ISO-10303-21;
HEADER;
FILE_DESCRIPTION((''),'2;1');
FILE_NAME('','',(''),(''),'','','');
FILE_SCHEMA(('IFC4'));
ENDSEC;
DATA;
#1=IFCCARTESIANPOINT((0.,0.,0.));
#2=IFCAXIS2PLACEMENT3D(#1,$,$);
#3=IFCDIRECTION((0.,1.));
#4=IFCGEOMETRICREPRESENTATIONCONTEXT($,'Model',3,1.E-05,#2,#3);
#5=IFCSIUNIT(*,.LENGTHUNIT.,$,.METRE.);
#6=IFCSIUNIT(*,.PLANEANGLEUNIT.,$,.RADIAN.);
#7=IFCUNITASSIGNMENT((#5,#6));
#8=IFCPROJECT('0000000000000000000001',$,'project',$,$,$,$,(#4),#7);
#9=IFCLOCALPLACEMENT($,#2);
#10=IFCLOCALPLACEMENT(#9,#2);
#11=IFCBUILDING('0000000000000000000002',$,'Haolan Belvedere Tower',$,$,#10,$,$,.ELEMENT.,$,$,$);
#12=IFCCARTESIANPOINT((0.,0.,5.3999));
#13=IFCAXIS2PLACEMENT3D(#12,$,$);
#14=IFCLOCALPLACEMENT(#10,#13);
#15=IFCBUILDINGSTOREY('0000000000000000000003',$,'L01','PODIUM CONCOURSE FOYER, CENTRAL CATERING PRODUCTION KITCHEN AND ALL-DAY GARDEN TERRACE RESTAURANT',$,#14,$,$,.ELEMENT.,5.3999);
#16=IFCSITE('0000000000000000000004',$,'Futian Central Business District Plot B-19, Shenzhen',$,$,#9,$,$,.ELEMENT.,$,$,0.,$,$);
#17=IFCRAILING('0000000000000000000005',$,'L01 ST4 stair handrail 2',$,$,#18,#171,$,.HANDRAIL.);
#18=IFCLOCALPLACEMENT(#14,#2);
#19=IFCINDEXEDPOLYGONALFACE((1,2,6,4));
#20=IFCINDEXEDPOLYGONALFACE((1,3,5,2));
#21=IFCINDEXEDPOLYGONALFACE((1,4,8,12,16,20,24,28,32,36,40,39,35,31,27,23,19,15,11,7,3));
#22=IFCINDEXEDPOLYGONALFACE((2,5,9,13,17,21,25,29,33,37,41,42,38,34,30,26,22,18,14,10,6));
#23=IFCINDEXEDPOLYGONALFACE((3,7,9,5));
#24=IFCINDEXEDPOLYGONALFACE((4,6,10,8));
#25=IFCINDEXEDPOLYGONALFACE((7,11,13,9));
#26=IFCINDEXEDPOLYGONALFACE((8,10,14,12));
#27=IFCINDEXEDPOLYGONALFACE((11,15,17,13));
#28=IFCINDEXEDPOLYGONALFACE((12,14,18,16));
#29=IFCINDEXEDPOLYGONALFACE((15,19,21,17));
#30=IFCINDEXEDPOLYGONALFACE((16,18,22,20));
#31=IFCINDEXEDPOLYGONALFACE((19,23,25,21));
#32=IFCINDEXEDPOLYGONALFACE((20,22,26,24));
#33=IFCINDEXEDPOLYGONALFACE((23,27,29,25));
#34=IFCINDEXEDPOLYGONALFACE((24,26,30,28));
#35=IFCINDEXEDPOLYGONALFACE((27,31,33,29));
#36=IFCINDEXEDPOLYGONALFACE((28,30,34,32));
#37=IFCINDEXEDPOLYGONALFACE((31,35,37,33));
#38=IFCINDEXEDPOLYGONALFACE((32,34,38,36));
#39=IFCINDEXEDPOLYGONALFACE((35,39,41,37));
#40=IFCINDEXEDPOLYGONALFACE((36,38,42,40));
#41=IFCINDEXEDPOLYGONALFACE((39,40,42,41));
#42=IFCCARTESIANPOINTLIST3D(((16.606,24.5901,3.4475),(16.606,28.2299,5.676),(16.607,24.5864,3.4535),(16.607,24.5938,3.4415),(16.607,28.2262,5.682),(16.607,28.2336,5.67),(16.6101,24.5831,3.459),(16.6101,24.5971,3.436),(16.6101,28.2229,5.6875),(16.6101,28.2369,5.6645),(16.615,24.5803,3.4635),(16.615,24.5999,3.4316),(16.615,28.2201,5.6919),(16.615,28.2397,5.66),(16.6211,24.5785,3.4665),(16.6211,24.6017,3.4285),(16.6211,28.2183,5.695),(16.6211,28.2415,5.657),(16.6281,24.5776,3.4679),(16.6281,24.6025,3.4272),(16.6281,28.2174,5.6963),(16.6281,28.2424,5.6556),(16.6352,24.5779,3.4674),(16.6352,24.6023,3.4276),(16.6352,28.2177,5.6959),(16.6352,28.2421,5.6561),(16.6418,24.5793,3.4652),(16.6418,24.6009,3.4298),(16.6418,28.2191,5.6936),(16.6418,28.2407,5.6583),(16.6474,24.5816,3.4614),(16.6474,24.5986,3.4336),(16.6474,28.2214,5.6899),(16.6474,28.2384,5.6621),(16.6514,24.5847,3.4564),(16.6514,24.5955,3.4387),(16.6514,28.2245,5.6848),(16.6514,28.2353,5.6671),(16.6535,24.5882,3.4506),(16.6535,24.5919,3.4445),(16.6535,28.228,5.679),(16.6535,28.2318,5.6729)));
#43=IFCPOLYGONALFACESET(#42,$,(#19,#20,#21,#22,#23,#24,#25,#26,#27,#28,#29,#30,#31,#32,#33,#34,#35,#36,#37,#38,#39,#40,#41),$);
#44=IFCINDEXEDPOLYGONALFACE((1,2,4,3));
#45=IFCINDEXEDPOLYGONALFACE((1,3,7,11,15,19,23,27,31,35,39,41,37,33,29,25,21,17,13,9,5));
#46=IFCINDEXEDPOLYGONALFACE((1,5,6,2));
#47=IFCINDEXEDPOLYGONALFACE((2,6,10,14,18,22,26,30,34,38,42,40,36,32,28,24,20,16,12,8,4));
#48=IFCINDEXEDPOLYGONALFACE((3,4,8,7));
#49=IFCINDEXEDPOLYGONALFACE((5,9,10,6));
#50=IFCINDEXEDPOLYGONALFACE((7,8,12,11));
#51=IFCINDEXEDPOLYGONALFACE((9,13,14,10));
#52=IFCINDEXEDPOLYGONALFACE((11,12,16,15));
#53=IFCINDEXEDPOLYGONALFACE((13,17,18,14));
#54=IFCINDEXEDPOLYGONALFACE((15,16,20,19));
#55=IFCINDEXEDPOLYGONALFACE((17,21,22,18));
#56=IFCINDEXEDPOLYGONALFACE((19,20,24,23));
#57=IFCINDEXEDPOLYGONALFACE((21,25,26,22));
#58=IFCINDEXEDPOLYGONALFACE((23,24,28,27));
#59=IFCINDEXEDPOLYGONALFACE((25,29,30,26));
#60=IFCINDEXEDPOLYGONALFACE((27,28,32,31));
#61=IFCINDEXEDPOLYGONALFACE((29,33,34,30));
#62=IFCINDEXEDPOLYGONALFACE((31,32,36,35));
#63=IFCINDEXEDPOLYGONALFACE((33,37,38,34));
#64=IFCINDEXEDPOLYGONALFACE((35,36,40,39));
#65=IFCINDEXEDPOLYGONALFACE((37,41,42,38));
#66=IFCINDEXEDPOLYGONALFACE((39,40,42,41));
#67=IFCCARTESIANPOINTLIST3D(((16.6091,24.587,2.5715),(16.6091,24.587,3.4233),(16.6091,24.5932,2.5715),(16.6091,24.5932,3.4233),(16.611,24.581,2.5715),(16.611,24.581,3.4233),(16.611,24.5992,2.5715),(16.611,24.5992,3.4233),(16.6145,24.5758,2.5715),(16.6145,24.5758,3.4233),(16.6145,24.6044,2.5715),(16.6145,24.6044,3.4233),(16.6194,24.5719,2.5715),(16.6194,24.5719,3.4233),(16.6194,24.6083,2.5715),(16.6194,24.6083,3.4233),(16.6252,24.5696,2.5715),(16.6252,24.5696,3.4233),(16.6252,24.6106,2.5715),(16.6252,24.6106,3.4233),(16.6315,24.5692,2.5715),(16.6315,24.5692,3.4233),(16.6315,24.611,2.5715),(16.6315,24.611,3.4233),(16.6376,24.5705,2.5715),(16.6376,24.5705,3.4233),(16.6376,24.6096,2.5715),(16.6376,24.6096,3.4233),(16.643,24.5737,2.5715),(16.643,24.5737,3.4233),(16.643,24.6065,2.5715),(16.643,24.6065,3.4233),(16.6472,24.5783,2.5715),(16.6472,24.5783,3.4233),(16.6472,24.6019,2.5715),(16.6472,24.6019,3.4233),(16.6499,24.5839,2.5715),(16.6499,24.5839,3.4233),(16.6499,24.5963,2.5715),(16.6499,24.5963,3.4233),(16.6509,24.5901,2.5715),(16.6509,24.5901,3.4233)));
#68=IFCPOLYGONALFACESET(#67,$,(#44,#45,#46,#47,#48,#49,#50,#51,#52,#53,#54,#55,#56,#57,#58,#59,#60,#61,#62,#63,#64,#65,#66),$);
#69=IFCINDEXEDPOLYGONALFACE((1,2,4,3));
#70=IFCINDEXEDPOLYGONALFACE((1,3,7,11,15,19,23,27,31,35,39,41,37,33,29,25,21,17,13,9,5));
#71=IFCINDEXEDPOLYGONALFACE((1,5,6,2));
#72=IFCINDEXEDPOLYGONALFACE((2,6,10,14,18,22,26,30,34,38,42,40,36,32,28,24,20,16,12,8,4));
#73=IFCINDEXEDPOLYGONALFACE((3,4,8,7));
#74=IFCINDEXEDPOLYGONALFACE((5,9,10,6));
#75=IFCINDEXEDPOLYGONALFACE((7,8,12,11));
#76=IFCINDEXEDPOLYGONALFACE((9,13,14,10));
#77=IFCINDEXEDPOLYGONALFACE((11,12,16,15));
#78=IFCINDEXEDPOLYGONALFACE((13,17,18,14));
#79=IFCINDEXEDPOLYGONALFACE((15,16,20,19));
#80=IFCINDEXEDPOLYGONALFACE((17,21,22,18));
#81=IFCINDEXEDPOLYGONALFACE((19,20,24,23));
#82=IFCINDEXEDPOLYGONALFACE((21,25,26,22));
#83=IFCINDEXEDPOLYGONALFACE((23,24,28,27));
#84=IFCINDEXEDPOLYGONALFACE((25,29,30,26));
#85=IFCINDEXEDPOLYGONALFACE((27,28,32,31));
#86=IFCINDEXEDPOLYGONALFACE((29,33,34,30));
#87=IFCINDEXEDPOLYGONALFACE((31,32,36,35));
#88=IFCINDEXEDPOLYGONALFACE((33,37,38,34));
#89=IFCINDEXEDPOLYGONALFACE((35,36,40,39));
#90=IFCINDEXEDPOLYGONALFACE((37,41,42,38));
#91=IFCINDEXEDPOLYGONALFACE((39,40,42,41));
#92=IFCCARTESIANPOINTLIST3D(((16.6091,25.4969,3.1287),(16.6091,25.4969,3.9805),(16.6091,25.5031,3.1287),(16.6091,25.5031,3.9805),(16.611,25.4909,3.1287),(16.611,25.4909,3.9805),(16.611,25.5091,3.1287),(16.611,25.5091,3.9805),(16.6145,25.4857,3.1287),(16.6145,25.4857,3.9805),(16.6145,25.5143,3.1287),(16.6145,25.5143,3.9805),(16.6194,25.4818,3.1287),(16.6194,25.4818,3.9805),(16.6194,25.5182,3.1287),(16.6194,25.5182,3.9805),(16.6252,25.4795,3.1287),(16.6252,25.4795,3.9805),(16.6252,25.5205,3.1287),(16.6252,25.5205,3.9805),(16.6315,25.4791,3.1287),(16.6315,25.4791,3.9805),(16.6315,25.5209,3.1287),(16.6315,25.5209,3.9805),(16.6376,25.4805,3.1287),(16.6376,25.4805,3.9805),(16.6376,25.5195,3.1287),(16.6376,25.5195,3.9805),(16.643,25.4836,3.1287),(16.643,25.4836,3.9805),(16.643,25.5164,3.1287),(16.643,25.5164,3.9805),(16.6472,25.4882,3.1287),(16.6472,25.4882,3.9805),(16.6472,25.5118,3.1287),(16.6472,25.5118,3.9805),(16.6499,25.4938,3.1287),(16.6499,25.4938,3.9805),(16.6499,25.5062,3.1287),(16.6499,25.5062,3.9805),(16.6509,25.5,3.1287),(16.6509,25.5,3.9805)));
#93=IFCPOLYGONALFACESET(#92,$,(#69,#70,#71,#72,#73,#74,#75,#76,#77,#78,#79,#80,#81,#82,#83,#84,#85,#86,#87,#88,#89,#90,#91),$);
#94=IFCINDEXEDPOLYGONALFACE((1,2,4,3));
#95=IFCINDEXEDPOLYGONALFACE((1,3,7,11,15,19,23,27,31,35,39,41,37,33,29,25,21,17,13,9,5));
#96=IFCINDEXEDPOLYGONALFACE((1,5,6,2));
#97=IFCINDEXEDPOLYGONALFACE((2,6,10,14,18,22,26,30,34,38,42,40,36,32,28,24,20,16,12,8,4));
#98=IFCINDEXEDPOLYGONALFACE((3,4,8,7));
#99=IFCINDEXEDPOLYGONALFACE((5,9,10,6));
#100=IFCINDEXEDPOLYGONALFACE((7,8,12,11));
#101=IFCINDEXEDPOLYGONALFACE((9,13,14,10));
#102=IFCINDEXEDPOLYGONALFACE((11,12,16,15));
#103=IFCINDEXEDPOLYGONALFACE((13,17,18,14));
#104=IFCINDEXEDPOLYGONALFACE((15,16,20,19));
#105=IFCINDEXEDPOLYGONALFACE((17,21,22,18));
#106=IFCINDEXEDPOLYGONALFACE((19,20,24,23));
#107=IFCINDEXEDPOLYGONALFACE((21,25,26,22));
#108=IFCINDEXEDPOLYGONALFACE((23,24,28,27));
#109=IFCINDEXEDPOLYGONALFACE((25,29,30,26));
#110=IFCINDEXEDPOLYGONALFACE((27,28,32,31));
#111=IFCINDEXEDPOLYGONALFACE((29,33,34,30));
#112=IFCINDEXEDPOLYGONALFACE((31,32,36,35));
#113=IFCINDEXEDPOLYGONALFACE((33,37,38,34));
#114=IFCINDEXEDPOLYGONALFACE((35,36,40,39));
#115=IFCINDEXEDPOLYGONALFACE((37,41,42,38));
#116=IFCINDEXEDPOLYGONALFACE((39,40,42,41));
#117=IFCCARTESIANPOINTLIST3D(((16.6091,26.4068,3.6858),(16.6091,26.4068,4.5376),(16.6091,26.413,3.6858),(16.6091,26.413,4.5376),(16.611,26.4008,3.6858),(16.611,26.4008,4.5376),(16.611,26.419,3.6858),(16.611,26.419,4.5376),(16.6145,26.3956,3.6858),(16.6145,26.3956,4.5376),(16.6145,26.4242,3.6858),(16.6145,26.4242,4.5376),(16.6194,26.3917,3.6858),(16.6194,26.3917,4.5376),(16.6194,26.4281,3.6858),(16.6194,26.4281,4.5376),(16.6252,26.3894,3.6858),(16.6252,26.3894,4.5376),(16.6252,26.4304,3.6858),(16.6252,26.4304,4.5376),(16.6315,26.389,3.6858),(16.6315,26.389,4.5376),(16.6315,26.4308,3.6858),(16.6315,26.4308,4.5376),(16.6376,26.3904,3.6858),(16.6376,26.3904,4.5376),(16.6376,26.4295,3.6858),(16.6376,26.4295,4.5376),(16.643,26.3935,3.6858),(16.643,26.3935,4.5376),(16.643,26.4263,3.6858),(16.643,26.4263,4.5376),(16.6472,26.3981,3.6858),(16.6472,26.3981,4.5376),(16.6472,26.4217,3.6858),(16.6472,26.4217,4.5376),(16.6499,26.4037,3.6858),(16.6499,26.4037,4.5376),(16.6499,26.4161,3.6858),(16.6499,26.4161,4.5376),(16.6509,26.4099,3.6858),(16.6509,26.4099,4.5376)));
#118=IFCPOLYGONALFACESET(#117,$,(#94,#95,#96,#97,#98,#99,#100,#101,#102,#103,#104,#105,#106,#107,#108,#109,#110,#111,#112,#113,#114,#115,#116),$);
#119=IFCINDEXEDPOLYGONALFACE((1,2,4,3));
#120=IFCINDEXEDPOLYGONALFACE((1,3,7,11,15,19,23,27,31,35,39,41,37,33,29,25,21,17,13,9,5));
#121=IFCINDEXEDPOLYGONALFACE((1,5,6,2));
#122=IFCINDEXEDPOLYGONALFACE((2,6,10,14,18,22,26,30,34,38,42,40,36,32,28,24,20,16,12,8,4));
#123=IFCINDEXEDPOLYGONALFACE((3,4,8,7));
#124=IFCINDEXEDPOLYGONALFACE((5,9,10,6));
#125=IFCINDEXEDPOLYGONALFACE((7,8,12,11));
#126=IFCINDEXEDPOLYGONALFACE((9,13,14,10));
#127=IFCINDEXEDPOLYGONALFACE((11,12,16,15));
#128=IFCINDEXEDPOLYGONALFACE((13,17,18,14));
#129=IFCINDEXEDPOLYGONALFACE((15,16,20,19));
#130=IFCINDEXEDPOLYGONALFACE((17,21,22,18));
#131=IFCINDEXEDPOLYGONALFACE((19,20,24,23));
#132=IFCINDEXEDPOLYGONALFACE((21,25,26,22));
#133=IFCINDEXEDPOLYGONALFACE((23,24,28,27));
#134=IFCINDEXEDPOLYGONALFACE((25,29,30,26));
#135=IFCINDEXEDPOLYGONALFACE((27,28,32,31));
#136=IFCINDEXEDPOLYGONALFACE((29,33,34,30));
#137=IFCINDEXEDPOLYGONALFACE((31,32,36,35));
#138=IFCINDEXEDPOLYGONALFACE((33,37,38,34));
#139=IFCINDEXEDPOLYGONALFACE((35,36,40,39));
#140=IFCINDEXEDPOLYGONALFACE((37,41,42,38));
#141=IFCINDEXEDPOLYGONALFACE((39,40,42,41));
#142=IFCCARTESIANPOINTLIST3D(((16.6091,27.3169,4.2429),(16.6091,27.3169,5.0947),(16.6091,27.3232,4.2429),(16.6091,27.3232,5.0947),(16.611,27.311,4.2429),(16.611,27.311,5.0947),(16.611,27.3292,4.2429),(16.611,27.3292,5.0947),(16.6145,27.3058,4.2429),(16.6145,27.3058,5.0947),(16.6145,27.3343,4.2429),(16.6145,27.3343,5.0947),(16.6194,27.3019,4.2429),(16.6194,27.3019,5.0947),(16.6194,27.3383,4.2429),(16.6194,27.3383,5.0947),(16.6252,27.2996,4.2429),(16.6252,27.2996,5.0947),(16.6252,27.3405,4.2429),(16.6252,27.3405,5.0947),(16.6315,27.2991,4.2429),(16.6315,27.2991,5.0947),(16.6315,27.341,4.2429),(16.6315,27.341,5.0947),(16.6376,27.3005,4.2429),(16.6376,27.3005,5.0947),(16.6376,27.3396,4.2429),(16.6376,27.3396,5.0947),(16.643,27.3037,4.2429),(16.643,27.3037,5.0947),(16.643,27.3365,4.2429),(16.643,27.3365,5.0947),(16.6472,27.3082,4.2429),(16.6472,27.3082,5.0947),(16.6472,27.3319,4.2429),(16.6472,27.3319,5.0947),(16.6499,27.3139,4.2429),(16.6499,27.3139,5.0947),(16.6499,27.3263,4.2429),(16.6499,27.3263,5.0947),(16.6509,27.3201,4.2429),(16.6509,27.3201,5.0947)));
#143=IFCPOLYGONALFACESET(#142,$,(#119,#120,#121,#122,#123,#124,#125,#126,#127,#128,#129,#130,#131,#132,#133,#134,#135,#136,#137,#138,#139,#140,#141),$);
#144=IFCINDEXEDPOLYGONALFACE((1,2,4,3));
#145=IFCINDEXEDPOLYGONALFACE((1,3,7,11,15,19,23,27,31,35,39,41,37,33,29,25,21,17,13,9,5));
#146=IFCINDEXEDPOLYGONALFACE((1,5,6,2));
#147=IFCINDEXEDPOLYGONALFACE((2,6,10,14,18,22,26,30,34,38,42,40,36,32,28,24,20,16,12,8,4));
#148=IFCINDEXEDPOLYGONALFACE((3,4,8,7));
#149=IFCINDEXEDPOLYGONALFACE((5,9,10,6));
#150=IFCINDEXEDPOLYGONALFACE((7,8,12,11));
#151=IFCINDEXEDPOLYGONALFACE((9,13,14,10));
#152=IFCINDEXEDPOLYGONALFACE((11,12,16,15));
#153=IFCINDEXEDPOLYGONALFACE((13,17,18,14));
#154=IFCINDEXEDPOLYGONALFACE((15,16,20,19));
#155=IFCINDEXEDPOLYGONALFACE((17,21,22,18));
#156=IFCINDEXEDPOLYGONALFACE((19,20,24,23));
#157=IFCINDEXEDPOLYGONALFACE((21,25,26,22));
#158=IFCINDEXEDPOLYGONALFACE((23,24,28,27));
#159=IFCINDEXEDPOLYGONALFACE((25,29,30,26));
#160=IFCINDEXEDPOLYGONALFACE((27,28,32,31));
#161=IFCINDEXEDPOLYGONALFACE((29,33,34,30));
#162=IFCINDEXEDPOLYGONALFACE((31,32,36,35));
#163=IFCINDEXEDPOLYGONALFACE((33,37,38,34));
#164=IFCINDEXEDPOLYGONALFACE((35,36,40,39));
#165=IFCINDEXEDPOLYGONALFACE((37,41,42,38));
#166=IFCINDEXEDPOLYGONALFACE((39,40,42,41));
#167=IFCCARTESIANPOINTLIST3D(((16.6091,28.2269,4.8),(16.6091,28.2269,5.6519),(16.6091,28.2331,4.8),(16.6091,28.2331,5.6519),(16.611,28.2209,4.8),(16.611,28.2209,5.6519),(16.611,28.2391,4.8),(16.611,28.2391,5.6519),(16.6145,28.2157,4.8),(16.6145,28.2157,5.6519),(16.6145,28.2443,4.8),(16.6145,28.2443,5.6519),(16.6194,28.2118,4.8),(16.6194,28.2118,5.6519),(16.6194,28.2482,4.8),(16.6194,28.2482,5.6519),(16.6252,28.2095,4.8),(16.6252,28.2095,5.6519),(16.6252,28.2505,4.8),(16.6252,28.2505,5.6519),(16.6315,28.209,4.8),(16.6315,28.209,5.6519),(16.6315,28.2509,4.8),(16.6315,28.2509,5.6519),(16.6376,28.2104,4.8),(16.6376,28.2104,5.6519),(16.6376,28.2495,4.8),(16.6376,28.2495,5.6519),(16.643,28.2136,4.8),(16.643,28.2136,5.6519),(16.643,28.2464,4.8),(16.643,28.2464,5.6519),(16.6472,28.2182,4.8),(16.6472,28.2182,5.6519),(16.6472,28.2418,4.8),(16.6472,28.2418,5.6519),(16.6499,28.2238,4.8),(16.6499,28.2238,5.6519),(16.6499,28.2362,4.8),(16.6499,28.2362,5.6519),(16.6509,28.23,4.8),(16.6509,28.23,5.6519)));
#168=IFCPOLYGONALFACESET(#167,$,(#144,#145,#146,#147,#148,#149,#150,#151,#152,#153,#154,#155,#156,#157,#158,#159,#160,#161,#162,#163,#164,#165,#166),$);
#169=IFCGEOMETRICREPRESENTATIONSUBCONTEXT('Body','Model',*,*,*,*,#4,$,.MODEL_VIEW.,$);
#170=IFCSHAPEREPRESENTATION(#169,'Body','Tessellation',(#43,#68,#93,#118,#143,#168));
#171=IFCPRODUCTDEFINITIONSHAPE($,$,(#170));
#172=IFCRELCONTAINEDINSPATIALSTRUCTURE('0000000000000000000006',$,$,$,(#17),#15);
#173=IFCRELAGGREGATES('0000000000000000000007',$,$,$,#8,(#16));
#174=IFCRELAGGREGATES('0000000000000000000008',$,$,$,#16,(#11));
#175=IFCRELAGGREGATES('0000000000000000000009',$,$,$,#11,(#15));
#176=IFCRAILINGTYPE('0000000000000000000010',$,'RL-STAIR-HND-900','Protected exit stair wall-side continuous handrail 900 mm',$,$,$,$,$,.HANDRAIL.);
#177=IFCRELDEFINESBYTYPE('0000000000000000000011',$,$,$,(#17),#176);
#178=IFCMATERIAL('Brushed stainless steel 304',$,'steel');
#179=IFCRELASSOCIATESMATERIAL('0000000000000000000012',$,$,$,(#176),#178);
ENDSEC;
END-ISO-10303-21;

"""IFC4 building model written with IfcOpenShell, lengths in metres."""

from ifc_helpers import new_model, si_unit, direction, frame, origin, origin_2d, place, context, subcontext, project, spatial, circle, extrude, material, type_object, element, save


model = new_model("IFC4")

# Units and contexts
model_context = context("Model", 3, precision=1e-05, world=origin(), true_north=direction((0.0, 1.0)))
body_context = subcontext(model_context, "Body", "Model", "MODEL_VIEW")
ifc_project = project(units=[si_unit("LENGTHUNIT", "METRE"), si_unit("PLANEANGLEUNIT", "RADIAN")], contexts=[model_context])

# Site, building, storey
site_placement = place(None, origin())
site = spatial("IfcSite", under=ifc_project, at=site_placement, Name="Futian Central Business District Plot B-19, Shenzhen", CompositionType="ELEMENT", RefElevation=0.0)
building_placement = place(site_placement, origin())
building = spatial("IfcBuilding", under=site, at=building_placement, Name="Haolan Belvedere Tower", CompositionType="ELEMENT")
storey_placement = place(building_placement, frame((0.0, 0.0, 5.3999)))
storey = spatial("IfcBuildingStorey", under=building, at=storey_placement, Name="L01", Description="PODIUM CONCOURSE FOYER, CENTRAL CATERING PRODUCTION KITCHEN AND ALL-DAY GARDEN TERRACE RESTAURANT", CompositionType="ELEMENT", Elevation=5.3999)

# Railing
ifc_material_1 = material(Name="Brushed stainless steel 304", Category="steel")
railing_type_1 = type_object("IfcRailingType", Name="RL-STAIR-HND-900", Description="Protected exit stair wall-side continuous handrail 900 mm", PredefinedType="HANDRAIL", material=ifc_material_1)
railing_1_placement = place(storey_placement, frame((16.6299, 24.5901, 2.5715)))
element("IfcRailing", 1, at=railing_1_placement, inside=storey, type_object=railing_type_1, Name="L01 ST4 stair handrail 2", PredefinedType="HANDRAIL", context=body_context, shape_type="SweptSolid", body=[
    extrude(circle(Radius=0.0239, at=origin_2d()), frame((0.0, 0.0, 0.876), z_axis=(0.0, 0.85285, 0.522156), x_axis=(-1.0, 0.0, 0.0)), (0.0, 0.0, 1.0), 4.2678),
    extrude(circle(Radius=0.021, at=origin_2d()), origin(), (0.0, 0.0, 1.0), 0.8518),
    extrude(circle(Radius=0.021, at=origin_2d()), frame((0.0, 0.9099, 0.5571)), (0.0, 0.0, 1.0), 0.8518),
    extrude(circle(Radius=0.021, at=origin_2d()), frame((0.0, 1.8198, 1.1143)), (0.0, 0.0, 1.0), 0.8518),
    extrude(circle(Radius=0.021, at=origin_2d()), frame((0.0, 2.73, 1.6714)), (0.0, 0.0, 1.0), 0.8518),
    extrude(circle(Radius=0.021, at=origin_2d()), frame((0.0, 3.6399, 2.2285)), (0.0, 0.0, 1.0), 0.8518),
])

save(model, "model.ifc")
